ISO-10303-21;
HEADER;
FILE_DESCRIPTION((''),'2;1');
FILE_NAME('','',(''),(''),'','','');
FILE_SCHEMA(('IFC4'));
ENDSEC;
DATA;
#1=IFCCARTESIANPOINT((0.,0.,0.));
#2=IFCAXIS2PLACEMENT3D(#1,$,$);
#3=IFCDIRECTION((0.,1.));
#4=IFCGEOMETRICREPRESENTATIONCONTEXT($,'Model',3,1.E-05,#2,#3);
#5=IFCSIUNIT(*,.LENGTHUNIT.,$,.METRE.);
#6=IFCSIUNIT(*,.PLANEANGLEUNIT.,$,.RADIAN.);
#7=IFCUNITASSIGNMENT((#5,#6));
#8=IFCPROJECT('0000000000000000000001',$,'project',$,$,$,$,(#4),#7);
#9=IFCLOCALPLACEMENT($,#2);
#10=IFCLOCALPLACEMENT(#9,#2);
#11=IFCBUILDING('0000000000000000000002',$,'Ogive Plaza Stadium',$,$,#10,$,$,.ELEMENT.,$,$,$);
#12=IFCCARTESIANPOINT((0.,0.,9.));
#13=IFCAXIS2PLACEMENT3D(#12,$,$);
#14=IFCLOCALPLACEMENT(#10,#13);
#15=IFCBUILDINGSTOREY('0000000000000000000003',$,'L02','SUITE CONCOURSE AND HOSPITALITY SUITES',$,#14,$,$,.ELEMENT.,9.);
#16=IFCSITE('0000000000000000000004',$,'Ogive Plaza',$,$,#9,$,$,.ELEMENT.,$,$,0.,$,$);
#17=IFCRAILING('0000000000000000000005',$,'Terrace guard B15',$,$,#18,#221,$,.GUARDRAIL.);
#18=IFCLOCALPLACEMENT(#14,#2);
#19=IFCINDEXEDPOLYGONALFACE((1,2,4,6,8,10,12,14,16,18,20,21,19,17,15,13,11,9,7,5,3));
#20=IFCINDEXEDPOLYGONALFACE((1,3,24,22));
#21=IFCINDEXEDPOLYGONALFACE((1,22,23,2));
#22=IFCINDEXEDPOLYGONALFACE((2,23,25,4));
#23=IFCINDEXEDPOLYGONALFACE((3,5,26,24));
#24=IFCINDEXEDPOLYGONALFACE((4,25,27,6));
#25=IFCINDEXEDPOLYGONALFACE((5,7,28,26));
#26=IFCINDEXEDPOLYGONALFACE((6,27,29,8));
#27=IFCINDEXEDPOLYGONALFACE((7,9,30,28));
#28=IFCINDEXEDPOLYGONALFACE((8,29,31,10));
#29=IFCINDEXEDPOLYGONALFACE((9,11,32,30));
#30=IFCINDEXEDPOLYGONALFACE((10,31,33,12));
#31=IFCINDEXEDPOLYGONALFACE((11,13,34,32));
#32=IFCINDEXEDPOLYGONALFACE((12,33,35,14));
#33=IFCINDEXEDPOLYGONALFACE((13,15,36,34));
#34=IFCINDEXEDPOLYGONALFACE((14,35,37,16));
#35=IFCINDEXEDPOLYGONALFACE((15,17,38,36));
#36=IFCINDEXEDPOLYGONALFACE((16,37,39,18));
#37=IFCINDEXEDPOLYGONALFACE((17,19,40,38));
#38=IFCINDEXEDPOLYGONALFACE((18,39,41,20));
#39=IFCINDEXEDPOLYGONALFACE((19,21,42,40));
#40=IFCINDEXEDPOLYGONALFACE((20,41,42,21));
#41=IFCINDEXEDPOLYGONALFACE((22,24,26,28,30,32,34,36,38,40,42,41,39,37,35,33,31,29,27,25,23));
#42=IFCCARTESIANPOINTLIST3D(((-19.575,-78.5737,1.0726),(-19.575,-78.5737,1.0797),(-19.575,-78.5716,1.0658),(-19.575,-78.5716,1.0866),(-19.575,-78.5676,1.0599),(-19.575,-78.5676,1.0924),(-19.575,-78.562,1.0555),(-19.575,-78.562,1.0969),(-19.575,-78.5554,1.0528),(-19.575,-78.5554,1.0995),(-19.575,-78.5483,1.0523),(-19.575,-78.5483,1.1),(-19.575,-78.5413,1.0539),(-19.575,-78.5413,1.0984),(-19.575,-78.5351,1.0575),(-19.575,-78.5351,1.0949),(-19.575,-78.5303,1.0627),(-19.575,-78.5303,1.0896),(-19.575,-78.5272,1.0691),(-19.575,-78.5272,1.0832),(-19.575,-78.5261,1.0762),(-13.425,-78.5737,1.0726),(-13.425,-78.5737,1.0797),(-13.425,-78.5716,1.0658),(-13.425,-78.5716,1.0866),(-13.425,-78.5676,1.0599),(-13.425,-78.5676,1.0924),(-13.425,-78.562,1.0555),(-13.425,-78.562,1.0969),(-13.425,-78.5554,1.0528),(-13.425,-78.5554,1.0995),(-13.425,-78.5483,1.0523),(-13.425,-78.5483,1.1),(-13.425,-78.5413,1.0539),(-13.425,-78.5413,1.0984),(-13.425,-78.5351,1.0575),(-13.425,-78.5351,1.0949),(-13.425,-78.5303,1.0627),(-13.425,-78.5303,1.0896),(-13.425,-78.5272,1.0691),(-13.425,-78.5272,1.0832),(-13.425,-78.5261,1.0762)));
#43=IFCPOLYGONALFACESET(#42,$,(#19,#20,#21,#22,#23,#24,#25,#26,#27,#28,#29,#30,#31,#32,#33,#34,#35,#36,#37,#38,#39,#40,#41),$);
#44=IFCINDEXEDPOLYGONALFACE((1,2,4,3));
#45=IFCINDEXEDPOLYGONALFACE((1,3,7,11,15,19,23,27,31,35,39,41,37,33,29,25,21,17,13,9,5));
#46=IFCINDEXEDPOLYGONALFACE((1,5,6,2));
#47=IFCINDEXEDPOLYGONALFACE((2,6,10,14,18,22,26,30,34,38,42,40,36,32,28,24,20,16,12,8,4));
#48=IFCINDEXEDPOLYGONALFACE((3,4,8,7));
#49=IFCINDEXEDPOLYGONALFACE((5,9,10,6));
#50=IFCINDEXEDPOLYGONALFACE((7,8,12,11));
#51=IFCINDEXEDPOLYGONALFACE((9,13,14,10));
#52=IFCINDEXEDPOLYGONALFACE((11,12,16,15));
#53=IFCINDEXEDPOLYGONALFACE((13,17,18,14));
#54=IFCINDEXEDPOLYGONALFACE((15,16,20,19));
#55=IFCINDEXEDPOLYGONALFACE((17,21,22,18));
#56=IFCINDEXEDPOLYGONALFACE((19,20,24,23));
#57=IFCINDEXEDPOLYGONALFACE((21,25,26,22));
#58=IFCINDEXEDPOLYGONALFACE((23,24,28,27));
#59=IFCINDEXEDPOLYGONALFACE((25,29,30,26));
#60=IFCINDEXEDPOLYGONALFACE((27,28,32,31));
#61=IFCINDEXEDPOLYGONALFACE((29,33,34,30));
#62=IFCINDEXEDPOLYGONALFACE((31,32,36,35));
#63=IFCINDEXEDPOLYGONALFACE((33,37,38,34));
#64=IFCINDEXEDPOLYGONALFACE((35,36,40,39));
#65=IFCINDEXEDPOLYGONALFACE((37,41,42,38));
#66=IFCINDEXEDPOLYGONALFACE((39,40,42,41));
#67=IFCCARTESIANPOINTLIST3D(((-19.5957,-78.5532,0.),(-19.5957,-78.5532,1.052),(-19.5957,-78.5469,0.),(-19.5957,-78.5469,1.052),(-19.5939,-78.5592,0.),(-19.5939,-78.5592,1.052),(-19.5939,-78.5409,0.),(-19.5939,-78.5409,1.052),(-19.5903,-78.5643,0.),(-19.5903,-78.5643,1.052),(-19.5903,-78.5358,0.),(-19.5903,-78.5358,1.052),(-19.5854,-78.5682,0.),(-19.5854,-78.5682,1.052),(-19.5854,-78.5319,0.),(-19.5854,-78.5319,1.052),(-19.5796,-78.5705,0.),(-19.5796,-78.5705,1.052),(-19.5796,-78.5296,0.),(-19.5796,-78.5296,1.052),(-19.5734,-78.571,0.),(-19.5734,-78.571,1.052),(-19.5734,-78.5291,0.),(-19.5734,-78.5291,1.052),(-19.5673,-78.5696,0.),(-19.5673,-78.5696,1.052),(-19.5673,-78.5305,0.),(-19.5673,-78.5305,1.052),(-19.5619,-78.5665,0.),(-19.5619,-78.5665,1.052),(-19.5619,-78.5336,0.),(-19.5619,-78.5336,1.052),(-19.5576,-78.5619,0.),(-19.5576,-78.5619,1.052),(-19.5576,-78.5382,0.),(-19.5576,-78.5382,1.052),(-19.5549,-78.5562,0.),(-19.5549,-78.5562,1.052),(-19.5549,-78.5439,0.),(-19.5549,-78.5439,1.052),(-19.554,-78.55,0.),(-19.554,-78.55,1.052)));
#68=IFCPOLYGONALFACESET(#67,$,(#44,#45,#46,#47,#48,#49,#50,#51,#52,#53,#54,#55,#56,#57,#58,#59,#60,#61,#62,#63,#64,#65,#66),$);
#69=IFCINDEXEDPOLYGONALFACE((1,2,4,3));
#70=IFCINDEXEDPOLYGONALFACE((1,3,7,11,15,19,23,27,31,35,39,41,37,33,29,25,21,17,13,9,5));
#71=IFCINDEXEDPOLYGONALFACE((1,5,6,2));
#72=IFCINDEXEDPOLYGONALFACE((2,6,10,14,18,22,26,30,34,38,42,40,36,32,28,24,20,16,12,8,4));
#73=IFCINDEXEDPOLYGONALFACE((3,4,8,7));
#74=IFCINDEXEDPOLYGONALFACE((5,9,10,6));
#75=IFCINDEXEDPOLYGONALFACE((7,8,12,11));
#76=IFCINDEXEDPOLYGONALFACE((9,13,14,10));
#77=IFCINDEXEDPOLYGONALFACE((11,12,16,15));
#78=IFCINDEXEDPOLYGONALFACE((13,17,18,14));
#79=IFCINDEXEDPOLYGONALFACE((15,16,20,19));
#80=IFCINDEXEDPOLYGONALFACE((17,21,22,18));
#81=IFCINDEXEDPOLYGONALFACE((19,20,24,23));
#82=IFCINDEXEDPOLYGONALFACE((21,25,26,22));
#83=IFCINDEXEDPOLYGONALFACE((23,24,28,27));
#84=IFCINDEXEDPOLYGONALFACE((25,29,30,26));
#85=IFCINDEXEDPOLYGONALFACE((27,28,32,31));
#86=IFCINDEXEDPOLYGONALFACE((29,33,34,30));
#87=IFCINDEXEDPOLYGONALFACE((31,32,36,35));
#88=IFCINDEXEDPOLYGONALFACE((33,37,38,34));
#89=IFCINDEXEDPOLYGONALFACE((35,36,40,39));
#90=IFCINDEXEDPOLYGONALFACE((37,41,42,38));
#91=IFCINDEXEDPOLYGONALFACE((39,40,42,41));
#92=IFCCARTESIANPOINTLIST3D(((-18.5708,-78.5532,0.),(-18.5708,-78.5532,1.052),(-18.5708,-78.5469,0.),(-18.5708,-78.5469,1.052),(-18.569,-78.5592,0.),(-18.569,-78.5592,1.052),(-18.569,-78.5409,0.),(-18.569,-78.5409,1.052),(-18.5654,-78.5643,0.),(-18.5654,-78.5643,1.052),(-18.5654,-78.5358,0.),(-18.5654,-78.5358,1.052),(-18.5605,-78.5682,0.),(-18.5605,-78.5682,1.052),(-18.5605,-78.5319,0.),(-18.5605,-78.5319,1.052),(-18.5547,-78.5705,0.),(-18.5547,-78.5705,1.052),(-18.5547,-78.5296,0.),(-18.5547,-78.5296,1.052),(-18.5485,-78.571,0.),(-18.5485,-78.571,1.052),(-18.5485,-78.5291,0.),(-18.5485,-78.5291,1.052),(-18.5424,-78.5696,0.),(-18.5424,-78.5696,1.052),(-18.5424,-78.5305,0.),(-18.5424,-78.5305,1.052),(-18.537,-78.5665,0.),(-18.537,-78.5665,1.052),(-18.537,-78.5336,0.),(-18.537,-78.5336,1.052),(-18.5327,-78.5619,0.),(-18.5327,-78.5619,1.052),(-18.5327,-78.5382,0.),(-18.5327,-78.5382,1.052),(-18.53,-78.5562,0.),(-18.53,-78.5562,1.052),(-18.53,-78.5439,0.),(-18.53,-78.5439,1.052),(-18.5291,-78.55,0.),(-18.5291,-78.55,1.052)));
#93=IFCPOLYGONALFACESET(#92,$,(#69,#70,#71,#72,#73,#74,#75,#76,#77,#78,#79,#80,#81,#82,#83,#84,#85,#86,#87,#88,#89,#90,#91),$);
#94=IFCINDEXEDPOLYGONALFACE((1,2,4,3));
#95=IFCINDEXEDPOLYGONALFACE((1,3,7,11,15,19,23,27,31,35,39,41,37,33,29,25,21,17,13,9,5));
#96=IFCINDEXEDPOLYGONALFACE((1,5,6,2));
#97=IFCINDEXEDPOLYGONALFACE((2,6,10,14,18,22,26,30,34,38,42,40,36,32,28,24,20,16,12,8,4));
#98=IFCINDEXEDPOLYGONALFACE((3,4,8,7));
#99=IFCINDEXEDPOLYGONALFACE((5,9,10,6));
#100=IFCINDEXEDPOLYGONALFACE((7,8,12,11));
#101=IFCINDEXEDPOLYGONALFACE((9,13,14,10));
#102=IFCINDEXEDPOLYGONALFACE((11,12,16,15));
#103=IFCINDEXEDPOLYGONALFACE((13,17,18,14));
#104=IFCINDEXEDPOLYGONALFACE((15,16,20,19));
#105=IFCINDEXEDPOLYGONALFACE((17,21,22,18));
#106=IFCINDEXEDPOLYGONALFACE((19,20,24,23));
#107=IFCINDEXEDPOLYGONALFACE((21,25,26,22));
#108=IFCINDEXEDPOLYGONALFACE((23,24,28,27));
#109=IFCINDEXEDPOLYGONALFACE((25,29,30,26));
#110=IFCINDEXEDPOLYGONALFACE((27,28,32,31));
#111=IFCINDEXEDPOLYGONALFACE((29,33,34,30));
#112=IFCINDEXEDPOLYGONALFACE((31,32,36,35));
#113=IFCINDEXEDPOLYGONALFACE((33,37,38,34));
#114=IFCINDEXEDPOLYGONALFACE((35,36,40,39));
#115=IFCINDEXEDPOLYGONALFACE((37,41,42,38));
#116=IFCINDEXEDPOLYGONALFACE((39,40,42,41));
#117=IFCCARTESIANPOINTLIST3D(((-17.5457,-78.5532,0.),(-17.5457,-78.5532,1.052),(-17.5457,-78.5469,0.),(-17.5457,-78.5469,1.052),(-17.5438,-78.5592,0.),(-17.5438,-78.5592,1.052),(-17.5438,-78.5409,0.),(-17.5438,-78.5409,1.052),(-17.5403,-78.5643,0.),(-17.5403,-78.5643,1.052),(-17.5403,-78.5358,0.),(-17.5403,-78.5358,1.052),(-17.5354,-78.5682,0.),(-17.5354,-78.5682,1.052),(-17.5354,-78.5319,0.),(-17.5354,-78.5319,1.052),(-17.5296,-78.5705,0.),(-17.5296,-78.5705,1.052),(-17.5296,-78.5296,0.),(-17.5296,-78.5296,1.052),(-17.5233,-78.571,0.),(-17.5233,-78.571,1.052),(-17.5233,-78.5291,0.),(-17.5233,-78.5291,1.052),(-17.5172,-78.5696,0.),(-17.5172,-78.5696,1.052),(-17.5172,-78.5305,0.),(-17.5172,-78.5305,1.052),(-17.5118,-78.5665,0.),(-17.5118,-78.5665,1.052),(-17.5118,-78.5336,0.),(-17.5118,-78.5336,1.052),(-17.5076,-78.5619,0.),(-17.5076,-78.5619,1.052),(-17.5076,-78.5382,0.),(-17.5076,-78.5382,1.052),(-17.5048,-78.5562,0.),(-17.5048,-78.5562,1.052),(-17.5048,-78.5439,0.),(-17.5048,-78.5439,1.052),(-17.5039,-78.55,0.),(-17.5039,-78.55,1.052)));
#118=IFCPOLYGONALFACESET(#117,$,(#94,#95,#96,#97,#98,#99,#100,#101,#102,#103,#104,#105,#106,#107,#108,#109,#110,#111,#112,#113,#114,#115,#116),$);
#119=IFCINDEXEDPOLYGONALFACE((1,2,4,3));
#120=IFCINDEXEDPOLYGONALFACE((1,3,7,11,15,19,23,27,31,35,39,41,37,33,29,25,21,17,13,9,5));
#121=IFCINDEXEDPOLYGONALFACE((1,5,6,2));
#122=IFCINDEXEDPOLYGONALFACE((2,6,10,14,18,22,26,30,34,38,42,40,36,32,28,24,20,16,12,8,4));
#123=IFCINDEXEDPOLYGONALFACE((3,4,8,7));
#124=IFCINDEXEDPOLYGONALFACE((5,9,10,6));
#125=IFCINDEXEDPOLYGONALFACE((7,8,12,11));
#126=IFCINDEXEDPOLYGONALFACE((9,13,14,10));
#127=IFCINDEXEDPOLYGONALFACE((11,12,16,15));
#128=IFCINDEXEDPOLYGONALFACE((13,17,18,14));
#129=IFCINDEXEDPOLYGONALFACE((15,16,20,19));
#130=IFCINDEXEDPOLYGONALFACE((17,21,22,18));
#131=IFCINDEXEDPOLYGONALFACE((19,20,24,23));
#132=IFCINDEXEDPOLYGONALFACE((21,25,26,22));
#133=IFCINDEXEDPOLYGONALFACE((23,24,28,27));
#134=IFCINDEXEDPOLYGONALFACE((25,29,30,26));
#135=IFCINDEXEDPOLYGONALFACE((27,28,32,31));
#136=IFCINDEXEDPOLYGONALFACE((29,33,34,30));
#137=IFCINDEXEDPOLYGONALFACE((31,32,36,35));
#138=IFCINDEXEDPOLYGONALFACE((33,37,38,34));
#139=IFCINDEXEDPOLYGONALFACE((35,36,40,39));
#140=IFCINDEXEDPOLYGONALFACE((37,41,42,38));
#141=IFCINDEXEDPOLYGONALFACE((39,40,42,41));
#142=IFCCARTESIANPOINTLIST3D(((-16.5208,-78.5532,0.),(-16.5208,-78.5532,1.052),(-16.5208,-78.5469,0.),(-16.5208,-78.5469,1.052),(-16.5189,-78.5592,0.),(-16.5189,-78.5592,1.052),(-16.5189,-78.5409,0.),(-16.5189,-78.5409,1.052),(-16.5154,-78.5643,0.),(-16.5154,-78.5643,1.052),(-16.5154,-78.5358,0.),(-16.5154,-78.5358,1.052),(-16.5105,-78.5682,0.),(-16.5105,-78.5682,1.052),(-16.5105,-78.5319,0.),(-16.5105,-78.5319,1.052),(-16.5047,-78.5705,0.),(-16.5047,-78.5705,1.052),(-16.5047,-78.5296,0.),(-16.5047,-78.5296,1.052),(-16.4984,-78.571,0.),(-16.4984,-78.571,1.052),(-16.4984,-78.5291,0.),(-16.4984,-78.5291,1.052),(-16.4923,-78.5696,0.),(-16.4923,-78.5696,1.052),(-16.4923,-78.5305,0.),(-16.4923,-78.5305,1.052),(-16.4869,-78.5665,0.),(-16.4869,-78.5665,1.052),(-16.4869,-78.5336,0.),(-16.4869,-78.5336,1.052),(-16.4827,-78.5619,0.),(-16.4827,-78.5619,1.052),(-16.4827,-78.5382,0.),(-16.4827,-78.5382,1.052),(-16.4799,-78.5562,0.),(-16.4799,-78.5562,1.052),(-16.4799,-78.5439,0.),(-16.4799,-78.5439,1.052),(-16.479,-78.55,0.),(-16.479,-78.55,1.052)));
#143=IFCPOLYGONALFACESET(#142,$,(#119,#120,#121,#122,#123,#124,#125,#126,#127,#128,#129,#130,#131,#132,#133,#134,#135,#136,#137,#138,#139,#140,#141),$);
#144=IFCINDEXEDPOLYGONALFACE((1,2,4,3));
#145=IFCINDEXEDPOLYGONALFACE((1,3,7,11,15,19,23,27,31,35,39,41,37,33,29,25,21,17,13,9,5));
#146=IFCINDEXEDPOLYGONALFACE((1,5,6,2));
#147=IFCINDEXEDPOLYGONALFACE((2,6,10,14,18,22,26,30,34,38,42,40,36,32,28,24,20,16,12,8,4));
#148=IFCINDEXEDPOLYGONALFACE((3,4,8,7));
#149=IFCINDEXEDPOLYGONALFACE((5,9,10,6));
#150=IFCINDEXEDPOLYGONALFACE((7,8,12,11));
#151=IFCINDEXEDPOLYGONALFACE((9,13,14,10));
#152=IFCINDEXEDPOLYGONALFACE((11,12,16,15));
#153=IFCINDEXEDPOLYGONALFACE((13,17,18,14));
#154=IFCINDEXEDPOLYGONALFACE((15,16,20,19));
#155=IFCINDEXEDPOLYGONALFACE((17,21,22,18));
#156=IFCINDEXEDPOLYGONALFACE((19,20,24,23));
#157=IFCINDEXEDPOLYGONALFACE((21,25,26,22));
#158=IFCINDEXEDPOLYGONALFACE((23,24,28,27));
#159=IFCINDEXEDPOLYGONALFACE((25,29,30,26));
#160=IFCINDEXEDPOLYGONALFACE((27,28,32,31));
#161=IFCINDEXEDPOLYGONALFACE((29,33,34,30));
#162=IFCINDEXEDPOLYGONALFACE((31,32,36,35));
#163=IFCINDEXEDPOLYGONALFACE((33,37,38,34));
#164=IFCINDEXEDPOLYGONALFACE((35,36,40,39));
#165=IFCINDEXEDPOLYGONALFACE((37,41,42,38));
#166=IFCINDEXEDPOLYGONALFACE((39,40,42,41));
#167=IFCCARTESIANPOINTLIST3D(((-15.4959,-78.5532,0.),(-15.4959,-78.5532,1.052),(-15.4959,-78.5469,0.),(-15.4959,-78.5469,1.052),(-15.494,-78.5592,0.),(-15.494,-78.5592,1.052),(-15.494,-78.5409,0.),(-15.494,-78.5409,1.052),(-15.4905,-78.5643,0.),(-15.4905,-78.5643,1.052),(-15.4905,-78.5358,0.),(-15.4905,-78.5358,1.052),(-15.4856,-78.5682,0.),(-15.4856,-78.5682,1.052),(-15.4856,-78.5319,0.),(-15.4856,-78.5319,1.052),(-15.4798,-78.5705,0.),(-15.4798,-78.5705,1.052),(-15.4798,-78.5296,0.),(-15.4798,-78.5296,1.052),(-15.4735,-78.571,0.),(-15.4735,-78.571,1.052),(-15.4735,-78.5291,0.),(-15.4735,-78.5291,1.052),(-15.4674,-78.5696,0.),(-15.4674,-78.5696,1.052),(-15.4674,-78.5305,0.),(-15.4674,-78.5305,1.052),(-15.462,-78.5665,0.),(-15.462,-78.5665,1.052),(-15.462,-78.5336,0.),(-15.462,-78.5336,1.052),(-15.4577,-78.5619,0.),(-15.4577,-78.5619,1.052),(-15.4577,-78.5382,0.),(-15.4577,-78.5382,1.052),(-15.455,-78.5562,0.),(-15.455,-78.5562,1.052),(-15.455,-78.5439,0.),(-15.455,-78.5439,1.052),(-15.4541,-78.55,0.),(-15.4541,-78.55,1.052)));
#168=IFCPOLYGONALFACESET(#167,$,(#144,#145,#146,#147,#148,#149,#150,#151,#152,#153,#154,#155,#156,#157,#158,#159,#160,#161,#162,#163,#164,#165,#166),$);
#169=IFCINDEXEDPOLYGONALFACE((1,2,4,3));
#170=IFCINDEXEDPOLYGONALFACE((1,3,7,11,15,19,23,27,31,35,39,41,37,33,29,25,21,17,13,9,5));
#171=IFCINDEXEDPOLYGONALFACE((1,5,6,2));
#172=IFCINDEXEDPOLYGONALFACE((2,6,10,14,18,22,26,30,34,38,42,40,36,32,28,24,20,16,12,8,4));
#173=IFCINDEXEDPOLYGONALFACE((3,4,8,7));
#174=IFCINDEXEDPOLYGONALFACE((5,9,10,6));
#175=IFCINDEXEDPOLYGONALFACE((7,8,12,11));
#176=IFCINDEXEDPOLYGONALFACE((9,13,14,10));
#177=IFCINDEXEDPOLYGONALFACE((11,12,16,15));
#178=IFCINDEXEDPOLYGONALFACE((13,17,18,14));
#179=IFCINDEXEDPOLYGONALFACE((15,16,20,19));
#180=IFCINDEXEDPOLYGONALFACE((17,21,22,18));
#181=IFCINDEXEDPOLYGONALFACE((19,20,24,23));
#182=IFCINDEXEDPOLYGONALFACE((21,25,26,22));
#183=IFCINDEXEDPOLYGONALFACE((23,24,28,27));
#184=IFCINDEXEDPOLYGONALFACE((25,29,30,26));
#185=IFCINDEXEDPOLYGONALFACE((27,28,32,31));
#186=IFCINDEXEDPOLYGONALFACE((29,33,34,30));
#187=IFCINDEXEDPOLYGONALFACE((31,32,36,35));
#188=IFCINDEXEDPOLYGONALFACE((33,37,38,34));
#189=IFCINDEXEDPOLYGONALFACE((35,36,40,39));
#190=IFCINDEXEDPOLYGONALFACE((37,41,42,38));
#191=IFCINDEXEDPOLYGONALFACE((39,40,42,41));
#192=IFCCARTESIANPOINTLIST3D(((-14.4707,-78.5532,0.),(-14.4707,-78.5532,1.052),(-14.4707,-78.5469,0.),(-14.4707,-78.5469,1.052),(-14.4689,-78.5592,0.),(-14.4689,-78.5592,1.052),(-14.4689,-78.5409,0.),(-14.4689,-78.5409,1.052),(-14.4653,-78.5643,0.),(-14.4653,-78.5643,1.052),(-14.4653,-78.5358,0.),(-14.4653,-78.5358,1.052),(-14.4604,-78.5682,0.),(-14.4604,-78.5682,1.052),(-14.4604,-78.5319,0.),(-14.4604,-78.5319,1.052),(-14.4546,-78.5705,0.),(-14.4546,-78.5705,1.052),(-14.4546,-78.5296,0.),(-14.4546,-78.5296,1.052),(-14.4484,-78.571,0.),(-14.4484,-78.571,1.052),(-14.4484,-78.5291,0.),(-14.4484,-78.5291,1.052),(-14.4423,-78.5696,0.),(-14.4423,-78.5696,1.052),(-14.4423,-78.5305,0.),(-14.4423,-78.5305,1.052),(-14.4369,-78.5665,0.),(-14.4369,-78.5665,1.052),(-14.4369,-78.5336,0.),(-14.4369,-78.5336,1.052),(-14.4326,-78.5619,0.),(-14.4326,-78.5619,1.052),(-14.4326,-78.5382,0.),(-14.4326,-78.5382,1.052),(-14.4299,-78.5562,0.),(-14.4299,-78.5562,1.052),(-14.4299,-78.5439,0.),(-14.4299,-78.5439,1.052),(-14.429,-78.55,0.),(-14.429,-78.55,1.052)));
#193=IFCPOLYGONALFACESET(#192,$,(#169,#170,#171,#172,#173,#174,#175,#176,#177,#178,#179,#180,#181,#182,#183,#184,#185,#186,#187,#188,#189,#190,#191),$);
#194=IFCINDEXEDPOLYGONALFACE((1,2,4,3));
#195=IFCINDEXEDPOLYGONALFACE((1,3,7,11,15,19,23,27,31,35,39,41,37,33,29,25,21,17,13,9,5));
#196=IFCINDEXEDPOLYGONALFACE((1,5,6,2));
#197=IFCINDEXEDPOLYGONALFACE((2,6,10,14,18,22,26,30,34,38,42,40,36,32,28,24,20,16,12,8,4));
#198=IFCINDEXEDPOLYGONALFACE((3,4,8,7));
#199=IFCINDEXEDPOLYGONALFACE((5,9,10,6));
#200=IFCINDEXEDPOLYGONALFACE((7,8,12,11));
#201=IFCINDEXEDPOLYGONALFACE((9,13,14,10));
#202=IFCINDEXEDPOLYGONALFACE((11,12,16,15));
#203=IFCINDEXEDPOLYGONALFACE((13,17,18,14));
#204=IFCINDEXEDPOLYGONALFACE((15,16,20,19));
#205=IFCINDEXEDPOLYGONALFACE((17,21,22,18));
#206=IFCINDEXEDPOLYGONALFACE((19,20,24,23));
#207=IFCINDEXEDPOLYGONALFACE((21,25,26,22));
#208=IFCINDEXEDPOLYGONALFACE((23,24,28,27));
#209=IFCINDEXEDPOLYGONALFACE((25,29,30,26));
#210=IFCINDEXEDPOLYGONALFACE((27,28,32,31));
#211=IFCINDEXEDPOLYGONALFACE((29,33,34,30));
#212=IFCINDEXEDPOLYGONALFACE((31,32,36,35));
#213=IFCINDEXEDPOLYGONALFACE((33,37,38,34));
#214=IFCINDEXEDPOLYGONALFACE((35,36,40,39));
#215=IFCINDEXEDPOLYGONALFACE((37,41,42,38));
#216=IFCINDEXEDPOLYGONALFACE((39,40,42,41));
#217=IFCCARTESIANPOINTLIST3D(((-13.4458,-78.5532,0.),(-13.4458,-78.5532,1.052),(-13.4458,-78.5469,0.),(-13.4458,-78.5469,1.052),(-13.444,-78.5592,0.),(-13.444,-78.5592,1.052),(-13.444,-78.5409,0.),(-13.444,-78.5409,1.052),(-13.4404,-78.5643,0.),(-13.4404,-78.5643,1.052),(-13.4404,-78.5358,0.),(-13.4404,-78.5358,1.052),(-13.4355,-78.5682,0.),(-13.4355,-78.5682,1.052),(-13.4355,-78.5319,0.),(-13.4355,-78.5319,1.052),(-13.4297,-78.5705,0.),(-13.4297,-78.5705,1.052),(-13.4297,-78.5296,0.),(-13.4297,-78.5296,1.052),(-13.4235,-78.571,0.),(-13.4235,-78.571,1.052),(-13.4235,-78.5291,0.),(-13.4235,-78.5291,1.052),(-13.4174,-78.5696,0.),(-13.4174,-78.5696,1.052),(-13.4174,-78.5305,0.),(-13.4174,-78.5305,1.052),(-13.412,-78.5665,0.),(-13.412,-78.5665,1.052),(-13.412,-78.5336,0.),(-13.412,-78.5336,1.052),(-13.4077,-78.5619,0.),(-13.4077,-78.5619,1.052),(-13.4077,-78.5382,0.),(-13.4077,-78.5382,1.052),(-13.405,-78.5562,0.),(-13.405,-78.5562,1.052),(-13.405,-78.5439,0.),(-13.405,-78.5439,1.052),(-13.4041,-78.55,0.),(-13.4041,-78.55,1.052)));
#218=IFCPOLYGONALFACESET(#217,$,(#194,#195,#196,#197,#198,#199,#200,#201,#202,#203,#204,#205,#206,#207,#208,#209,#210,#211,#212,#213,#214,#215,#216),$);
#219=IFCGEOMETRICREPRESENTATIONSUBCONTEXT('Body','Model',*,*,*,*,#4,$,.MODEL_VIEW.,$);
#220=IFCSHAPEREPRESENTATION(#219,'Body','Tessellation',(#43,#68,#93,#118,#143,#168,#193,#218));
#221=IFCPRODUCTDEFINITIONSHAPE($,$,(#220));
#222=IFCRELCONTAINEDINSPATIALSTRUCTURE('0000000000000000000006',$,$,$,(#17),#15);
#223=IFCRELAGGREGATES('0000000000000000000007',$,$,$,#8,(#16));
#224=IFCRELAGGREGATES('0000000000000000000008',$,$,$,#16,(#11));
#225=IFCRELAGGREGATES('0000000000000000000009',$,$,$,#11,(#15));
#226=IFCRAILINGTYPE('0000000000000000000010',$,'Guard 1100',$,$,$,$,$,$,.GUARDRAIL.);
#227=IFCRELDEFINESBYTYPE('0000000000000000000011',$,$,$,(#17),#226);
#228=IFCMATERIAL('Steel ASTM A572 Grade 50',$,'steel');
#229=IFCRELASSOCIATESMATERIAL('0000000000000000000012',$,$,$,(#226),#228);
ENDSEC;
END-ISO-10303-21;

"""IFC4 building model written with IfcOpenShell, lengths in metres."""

from ifc_helpers import new_model, si_unit, direction, frame, origin, origin_2d, place, context, subcontext, project, spatial, circle, extrude, material, type_object, element, save


model = new_model("IFC4")

# Units and contexts
model_context = context("Model", 3, precision=1e-05, world=origin(), true_north=direction((0.0, 1.0)))
body_context = subcontext(model_context, "Body", "Model", "MODEL_VIEW")
ifc_project = project(units=[si_unit("LENGTHUNIT", "METRE"), si_unit("PLANEANGLEUNIT", "RADIAN")], contexts=[model_context])

# Site, building, storey
site_placement = place(None, origin())
site = spatial("IfcSite", under=ifc_project, at=site_placement, Name="Ogive Plaza", CompositionType="ELEMENT", RefElevation=0.0)
building_placement = place(site_placement, origin())
building = spatial("IfcBuilding", under=site, at=building_placement, Name="Ogive Plaza Stadium", CompositionType="ELEMENT")
storey_placement = place(building_placement, frame((0.0, 0.0, 9.0)))
storey = spatial("IfcBuildingStorey", under=building, at=storey_placement, Name="L02", Description="SUITE CONCOURSE AND HOSPITALITY SUITES", CompositionType="ELEMENT", Elevation=9.0)

# Railing
ifc_material_1 = material(Name="Steel ASTM A572 Grade 50", Category="steel")
railing_type_1 = type_object("IfcRailingType", Name="Guard 1100", PredefinedType="GUARDRAIL", material=ifc_material_1)
railing_1_placement = place(storey_placement, frame((-19.575, -78.55, 0.0)))
element("IfcRailing", 1, at=railing_1_placement, inside=storey, type_object=railing_type_1, Name="Terrace guard B15", PredefinedType="GUARDRAIL", context=body_context, shape_type="SweptSolid", body=[
    extrude(circle(Radius=0.0239, at=origin_2d()), frame((0.0, 0.0, 1.0762), z_axis=(1.0, 0.0, 0.0), x_axis=(0.0, 1.0, 0.0)), (0.0, 0.0, 1.0), 6.1499),
    extrude(circle(Radius=0.021, at=origin_2d()), origin(), (0.0, 0.0, 1.0), 1.052),
    extrude(circle(Radius=0.021, at=origin_2d()), frame((1.0249, 0.0, 0.0)), (0.0, 0.0, 1.0), 1.052),
    extrude(circle(Radius=0.021, at=origin_2d()), frame((2.05, 0.0, 0.0)), (0.0, 0.0, 1.0), 1.052),
    extrude(circle(Radius=0.021, at=origin_2d()), frame((3.075, 0.0, 0.0)), (0.0, 0.0, 1.0), 1.052),
    extrude(circle(Radius=0.021, at=origin_2d()), frame((4.0999, 0.0, 0.0)), (0.0, 0.0, 1.0), 1.052),
    extrude(circle(Radius=0.021, at=origin_2d()), frame((5.125, 0.0, 0.0)), (0.0, 0.0, 1.0), 1.052),
    extrude(circle(Radius=0.021, at=origin_2d()), frame((6.1499, 0.0, 0.0)), (0.0, 0.0, 1.0), 1.052),
])

save(model, "model.ifc")
